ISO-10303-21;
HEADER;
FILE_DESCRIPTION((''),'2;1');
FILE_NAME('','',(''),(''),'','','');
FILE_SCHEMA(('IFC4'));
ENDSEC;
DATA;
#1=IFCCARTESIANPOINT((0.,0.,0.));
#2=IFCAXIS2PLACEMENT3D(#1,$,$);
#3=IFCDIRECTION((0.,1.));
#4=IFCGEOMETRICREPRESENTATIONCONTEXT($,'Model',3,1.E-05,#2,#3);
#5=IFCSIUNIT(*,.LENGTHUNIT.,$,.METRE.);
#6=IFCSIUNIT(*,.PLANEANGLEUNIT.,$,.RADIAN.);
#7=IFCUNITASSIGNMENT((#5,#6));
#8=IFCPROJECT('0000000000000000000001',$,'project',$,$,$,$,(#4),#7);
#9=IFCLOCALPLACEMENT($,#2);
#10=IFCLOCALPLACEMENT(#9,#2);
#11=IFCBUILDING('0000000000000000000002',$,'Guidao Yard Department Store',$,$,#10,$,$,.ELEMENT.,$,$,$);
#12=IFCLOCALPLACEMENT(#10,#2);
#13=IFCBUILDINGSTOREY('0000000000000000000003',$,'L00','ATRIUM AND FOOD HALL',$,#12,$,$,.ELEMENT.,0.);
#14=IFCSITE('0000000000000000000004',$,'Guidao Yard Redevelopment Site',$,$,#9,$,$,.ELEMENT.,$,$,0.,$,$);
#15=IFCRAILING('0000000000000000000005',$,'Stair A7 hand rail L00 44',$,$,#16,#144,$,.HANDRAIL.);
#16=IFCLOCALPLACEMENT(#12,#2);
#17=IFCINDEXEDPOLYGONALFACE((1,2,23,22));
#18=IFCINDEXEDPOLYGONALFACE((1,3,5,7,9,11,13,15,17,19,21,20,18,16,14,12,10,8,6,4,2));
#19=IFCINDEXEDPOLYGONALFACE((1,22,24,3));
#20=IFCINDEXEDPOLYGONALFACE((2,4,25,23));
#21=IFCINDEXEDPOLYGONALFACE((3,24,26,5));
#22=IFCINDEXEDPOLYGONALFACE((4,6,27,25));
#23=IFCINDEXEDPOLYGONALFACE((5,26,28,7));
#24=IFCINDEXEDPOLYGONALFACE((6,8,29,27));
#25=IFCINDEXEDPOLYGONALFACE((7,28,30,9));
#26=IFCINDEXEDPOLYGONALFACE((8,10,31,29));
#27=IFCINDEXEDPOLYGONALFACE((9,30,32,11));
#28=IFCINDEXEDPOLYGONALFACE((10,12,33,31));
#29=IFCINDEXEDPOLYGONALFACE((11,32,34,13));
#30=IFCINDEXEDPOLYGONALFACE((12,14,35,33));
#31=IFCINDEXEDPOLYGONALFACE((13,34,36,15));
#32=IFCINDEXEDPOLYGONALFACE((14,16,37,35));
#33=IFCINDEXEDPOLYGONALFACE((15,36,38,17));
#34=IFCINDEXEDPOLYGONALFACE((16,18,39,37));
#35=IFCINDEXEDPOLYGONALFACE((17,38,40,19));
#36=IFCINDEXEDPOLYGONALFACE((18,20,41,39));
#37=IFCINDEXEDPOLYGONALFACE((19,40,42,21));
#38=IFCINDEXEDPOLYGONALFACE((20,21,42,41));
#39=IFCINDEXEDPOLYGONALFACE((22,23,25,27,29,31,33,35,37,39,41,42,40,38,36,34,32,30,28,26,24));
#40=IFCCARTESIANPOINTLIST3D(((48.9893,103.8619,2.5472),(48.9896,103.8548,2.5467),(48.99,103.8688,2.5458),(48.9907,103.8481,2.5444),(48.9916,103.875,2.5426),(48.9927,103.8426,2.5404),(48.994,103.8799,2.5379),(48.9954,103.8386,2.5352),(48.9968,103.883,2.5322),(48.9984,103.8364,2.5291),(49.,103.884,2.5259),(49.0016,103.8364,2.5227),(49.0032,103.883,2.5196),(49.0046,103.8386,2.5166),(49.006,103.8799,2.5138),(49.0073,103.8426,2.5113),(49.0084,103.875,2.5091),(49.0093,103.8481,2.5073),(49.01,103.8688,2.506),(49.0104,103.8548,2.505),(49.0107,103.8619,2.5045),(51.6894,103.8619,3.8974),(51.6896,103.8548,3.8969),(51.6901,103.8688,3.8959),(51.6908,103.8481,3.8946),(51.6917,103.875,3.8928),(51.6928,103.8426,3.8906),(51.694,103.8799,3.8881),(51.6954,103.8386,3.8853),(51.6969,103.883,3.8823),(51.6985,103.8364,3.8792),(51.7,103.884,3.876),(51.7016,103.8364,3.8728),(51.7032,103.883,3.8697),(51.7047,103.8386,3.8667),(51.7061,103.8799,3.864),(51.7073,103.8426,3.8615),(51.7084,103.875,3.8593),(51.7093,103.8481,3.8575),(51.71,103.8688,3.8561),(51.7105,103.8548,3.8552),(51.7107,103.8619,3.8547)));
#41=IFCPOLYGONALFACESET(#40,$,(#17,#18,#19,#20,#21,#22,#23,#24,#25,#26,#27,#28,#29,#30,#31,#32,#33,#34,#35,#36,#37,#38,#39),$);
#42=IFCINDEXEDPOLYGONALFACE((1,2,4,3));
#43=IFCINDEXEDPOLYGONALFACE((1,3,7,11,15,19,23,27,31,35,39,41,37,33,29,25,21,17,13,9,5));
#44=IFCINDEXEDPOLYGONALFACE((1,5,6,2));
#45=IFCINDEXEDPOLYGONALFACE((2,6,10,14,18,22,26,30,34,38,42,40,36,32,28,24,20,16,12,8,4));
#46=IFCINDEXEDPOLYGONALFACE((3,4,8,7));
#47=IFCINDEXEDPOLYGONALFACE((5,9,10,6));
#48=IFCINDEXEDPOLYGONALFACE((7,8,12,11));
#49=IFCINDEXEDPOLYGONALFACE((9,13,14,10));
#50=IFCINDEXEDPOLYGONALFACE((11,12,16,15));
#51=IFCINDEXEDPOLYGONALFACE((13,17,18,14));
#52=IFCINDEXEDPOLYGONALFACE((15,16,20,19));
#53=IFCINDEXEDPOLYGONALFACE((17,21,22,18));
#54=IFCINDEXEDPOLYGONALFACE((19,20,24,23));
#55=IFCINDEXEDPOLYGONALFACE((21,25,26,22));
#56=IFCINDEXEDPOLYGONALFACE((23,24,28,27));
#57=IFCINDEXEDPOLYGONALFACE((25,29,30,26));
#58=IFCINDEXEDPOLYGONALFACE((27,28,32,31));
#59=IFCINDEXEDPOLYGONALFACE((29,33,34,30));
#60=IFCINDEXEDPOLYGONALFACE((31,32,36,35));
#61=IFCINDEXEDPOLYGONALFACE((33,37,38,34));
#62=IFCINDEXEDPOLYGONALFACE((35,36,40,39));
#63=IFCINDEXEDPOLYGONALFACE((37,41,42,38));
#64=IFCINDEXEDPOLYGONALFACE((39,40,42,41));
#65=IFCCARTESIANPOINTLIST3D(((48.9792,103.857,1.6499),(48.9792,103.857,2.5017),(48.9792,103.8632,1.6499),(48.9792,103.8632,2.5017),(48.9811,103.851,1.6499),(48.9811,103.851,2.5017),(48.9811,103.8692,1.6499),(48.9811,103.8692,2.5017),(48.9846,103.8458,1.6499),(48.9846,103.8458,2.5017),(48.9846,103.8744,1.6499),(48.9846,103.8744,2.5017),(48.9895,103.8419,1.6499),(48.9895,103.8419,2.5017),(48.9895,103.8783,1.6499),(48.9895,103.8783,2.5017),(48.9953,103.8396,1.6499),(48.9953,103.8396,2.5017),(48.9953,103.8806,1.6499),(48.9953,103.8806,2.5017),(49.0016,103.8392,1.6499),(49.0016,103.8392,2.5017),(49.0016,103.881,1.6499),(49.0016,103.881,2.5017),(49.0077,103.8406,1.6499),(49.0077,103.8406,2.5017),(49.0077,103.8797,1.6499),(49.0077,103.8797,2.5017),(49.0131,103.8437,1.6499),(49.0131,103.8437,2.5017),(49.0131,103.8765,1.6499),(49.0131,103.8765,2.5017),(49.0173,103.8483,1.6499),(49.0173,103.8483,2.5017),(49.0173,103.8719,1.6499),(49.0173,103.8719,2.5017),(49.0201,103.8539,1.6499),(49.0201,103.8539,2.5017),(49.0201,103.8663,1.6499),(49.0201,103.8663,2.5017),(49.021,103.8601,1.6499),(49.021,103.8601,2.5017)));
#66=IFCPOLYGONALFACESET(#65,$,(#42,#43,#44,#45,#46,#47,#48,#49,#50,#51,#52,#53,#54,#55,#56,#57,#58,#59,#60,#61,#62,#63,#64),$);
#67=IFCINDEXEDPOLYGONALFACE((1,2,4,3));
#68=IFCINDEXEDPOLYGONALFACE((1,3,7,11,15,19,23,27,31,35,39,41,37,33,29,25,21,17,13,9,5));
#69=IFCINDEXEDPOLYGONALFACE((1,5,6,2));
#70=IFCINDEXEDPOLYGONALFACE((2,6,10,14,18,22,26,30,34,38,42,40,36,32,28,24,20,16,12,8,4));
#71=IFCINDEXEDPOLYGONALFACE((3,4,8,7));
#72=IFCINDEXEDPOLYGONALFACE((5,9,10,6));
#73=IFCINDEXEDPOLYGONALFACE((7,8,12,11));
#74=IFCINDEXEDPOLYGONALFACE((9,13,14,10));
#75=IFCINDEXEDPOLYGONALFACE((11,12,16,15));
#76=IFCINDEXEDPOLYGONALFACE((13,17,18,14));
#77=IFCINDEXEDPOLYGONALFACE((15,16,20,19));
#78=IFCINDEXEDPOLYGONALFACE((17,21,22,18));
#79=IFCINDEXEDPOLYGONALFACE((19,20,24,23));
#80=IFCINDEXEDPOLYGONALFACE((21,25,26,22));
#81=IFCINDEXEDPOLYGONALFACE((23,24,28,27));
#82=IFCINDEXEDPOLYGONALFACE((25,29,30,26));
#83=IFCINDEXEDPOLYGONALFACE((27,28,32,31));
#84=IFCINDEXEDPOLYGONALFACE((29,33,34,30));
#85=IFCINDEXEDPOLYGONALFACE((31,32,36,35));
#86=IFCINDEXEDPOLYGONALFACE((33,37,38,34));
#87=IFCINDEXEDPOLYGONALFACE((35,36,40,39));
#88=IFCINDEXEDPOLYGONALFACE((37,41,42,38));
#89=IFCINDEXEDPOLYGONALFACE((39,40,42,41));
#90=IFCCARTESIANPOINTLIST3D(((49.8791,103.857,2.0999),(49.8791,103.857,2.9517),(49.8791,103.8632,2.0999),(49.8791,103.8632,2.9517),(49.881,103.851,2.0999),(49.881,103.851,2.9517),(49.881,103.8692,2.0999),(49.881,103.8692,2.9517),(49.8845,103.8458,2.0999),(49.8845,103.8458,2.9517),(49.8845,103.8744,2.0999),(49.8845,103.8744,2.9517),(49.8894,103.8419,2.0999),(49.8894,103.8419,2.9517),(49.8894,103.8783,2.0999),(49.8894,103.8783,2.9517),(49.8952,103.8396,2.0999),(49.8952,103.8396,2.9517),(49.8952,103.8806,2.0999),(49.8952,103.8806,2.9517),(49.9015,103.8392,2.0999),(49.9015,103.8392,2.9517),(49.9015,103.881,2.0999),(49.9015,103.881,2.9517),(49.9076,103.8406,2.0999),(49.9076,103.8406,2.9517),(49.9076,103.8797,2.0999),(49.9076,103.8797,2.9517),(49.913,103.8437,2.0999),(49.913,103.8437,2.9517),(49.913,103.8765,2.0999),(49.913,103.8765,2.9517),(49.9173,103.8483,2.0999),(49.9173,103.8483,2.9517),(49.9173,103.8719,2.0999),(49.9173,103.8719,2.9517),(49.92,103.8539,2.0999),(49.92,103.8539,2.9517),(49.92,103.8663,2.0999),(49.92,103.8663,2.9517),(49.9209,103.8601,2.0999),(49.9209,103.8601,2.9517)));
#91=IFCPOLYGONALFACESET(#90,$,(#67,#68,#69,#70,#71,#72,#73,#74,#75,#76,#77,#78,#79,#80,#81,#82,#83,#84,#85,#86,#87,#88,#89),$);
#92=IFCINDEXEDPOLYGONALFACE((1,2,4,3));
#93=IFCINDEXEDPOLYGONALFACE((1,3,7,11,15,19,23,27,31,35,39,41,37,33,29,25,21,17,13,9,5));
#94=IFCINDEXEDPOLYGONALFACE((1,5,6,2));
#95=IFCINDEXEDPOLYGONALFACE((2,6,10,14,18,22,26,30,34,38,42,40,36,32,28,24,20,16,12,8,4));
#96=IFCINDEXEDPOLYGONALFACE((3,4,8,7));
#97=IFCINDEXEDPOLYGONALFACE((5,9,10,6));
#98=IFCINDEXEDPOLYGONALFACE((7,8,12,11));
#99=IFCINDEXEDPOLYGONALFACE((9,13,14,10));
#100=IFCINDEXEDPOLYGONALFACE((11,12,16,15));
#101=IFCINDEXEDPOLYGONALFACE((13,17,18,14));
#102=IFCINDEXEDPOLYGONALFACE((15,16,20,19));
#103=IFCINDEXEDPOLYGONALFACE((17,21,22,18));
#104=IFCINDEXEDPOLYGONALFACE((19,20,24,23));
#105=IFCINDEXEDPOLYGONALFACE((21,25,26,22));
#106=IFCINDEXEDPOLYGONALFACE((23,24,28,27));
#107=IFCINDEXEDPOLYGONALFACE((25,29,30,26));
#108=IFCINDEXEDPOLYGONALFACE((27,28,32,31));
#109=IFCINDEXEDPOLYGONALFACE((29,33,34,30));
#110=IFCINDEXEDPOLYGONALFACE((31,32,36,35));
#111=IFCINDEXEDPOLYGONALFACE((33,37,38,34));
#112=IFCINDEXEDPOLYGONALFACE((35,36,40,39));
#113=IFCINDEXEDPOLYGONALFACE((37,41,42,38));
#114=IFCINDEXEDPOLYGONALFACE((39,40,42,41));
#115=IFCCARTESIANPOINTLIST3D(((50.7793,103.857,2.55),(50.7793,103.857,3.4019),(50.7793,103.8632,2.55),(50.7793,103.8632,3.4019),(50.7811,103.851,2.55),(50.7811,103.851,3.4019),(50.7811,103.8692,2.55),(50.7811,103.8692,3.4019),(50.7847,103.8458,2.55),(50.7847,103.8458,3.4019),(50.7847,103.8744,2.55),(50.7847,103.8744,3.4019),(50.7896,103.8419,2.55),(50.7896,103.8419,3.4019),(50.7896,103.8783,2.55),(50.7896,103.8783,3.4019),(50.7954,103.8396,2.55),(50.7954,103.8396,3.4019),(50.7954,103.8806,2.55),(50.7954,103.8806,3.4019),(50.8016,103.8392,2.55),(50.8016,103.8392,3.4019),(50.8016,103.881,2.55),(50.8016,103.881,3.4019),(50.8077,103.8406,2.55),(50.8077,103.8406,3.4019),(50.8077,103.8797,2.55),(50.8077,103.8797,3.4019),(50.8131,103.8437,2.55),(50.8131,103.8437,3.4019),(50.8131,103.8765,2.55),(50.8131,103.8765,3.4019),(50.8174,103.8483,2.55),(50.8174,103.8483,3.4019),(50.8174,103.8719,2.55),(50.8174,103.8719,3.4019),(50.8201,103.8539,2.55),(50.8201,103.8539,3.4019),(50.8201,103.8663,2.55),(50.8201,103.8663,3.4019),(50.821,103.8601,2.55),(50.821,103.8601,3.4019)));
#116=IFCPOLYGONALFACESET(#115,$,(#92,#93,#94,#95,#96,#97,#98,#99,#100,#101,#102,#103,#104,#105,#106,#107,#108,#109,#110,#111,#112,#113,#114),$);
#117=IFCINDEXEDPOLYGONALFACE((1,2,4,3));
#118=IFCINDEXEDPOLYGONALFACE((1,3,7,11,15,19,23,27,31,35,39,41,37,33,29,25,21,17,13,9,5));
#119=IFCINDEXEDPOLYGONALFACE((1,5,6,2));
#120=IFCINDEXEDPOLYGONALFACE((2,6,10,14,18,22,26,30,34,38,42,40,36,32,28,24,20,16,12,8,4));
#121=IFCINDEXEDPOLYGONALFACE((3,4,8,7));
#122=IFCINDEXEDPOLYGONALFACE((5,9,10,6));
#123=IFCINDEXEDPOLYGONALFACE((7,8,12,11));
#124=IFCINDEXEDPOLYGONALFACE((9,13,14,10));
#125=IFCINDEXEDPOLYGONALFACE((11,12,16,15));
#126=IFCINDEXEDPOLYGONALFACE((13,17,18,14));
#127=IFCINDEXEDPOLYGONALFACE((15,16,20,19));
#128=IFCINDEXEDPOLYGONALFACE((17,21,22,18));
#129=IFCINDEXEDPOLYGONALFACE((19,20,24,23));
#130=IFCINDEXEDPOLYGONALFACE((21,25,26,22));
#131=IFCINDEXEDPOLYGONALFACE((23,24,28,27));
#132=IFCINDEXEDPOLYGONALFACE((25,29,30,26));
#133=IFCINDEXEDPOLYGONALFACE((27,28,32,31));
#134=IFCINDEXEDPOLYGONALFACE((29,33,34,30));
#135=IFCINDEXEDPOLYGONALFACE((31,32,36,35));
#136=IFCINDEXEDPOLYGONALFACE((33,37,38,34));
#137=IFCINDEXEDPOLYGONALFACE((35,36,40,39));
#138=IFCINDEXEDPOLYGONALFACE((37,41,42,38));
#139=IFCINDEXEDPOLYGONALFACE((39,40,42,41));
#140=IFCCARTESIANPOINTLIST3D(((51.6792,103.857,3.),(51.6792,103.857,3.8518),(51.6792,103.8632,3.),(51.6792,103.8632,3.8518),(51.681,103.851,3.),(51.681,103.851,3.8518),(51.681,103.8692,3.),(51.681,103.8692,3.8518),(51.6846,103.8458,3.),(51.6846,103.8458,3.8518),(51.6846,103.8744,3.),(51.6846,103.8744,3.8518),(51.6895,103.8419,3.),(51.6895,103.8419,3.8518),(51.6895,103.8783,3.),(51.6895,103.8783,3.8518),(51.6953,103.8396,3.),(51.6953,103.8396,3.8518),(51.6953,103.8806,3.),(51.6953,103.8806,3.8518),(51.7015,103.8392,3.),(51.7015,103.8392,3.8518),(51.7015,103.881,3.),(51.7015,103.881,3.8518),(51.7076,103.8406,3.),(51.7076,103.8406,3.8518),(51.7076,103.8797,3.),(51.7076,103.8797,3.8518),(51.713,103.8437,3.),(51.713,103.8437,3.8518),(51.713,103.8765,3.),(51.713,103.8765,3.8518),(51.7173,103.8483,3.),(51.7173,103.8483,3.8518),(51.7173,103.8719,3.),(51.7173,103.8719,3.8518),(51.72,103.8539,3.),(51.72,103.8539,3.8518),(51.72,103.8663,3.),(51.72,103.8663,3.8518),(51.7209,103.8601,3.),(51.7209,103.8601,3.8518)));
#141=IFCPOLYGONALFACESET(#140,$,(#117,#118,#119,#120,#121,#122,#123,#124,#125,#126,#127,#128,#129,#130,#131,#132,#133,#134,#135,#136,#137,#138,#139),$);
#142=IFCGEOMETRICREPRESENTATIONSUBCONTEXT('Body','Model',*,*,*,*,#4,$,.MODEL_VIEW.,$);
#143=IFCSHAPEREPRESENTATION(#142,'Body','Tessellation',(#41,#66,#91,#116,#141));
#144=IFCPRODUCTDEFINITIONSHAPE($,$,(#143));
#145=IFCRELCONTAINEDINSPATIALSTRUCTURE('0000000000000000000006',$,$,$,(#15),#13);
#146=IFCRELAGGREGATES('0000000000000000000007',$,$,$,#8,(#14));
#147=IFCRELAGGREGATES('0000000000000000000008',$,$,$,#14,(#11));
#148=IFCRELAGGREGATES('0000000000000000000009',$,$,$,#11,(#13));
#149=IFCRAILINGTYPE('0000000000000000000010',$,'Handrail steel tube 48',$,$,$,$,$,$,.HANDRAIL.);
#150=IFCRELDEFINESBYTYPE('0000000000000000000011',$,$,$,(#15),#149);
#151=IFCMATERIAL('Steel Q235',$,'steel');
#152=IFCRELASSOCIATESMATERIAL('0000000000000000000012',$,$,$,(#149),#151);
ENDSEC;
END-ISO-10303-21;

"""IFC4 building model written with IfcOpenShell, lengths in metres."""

from ifc_helpers import new_model, si_unit, direction, frame, origin, origin_2d, place, context, subcontext, project, spatial, circle, extrude, material, type_object, element, save


model = new_model("IFC4")

# Units and contexts
model_context = context("Model", 3, precision=1e-05, world=origin(), true_north=direction((0.0, 1.0)))
body_context = subcontext(model_context, "Body", "Model", "MODEL_VIEW")
ifc_project = project(units=[si_unit("LENGTHUNIT", "METRE"), si_unit("PLANEANGLEUNIT", "RADIAN")], contexts=[model_context])

# Site, building, storey
site_placement = place(None, origin())
site = spatial("IfcSite", under=ifc_project, at=site_placement, Name="Guidao Yard Redevelopment Site", CompositionType="ELEMENT", RefElevation=0.0)
building_placement = place(site_placement, origin())
building = spatial("IfcBuilding", under=site, at=building_placement, Name="Guidao Yard Department Store", CompositionType="ELEMENT")
storey_placement = place(building_placement, origin())
storey = spatial("IfcBuildingStorey", under=building, at=storey_placement, Name="L00", Description="ATRIUM AND FOOD HALL", CompositionType="ELEMENT", Elevation=0.0)

# Railing
ifc_material_1 = material(Name="Steel Q235", Category="steel")
railing_type_1 = type_object("IfcRailingType", Name="Handrail steel tube 48", PredefinedType="HANDRAIL", material=ifc_material_1)
for number, where, name in (
    (1, (49.0, 103.8601, 1.6499), "Stair A7 hand rail L00 44"),
):
    element("IfcRailing", number, at=place(storey_placement, frame(where)), inside=storey, type_object=railing_type_1, Name=name, PredefinedType="HANDRAIL", context=body_context, shape_type="SweptSolid", body=[
        extrude(circle(Radius=0.0239, at=origin_2d()), frame((0.0, 0.0, 0.876), z_axis=(0.894411, 0.0, 0.447246), x_axis=(0.0, 1.0, 0.0)), (0.0, 0.0, 1.0), 3.0188),
        extrude(circle(Radius=0.021, at=origin_2d()), origin(), (0.0, 0.0, 1.0), 0.8518),
        extrude(circle(Radius=0.021, at=origin_2d()), frame((0.8999, 0.0, 0.45)), (0.0, 0.0, 1.0), 0.8518),
        extrude(circle(Radius=0.021, at=origin_2d()), frame((1.8, 0.0, 0.9001)), (0.0, 0.0, 1.0), 0.8518),
        extrude(circle(Radius=0.021, at=origin_2d()), frame((2.7, 0.0, 1.3501)), (0.0, 0.0, 1.0), 0.8518),
    ])

save(model, "model.ifc")
